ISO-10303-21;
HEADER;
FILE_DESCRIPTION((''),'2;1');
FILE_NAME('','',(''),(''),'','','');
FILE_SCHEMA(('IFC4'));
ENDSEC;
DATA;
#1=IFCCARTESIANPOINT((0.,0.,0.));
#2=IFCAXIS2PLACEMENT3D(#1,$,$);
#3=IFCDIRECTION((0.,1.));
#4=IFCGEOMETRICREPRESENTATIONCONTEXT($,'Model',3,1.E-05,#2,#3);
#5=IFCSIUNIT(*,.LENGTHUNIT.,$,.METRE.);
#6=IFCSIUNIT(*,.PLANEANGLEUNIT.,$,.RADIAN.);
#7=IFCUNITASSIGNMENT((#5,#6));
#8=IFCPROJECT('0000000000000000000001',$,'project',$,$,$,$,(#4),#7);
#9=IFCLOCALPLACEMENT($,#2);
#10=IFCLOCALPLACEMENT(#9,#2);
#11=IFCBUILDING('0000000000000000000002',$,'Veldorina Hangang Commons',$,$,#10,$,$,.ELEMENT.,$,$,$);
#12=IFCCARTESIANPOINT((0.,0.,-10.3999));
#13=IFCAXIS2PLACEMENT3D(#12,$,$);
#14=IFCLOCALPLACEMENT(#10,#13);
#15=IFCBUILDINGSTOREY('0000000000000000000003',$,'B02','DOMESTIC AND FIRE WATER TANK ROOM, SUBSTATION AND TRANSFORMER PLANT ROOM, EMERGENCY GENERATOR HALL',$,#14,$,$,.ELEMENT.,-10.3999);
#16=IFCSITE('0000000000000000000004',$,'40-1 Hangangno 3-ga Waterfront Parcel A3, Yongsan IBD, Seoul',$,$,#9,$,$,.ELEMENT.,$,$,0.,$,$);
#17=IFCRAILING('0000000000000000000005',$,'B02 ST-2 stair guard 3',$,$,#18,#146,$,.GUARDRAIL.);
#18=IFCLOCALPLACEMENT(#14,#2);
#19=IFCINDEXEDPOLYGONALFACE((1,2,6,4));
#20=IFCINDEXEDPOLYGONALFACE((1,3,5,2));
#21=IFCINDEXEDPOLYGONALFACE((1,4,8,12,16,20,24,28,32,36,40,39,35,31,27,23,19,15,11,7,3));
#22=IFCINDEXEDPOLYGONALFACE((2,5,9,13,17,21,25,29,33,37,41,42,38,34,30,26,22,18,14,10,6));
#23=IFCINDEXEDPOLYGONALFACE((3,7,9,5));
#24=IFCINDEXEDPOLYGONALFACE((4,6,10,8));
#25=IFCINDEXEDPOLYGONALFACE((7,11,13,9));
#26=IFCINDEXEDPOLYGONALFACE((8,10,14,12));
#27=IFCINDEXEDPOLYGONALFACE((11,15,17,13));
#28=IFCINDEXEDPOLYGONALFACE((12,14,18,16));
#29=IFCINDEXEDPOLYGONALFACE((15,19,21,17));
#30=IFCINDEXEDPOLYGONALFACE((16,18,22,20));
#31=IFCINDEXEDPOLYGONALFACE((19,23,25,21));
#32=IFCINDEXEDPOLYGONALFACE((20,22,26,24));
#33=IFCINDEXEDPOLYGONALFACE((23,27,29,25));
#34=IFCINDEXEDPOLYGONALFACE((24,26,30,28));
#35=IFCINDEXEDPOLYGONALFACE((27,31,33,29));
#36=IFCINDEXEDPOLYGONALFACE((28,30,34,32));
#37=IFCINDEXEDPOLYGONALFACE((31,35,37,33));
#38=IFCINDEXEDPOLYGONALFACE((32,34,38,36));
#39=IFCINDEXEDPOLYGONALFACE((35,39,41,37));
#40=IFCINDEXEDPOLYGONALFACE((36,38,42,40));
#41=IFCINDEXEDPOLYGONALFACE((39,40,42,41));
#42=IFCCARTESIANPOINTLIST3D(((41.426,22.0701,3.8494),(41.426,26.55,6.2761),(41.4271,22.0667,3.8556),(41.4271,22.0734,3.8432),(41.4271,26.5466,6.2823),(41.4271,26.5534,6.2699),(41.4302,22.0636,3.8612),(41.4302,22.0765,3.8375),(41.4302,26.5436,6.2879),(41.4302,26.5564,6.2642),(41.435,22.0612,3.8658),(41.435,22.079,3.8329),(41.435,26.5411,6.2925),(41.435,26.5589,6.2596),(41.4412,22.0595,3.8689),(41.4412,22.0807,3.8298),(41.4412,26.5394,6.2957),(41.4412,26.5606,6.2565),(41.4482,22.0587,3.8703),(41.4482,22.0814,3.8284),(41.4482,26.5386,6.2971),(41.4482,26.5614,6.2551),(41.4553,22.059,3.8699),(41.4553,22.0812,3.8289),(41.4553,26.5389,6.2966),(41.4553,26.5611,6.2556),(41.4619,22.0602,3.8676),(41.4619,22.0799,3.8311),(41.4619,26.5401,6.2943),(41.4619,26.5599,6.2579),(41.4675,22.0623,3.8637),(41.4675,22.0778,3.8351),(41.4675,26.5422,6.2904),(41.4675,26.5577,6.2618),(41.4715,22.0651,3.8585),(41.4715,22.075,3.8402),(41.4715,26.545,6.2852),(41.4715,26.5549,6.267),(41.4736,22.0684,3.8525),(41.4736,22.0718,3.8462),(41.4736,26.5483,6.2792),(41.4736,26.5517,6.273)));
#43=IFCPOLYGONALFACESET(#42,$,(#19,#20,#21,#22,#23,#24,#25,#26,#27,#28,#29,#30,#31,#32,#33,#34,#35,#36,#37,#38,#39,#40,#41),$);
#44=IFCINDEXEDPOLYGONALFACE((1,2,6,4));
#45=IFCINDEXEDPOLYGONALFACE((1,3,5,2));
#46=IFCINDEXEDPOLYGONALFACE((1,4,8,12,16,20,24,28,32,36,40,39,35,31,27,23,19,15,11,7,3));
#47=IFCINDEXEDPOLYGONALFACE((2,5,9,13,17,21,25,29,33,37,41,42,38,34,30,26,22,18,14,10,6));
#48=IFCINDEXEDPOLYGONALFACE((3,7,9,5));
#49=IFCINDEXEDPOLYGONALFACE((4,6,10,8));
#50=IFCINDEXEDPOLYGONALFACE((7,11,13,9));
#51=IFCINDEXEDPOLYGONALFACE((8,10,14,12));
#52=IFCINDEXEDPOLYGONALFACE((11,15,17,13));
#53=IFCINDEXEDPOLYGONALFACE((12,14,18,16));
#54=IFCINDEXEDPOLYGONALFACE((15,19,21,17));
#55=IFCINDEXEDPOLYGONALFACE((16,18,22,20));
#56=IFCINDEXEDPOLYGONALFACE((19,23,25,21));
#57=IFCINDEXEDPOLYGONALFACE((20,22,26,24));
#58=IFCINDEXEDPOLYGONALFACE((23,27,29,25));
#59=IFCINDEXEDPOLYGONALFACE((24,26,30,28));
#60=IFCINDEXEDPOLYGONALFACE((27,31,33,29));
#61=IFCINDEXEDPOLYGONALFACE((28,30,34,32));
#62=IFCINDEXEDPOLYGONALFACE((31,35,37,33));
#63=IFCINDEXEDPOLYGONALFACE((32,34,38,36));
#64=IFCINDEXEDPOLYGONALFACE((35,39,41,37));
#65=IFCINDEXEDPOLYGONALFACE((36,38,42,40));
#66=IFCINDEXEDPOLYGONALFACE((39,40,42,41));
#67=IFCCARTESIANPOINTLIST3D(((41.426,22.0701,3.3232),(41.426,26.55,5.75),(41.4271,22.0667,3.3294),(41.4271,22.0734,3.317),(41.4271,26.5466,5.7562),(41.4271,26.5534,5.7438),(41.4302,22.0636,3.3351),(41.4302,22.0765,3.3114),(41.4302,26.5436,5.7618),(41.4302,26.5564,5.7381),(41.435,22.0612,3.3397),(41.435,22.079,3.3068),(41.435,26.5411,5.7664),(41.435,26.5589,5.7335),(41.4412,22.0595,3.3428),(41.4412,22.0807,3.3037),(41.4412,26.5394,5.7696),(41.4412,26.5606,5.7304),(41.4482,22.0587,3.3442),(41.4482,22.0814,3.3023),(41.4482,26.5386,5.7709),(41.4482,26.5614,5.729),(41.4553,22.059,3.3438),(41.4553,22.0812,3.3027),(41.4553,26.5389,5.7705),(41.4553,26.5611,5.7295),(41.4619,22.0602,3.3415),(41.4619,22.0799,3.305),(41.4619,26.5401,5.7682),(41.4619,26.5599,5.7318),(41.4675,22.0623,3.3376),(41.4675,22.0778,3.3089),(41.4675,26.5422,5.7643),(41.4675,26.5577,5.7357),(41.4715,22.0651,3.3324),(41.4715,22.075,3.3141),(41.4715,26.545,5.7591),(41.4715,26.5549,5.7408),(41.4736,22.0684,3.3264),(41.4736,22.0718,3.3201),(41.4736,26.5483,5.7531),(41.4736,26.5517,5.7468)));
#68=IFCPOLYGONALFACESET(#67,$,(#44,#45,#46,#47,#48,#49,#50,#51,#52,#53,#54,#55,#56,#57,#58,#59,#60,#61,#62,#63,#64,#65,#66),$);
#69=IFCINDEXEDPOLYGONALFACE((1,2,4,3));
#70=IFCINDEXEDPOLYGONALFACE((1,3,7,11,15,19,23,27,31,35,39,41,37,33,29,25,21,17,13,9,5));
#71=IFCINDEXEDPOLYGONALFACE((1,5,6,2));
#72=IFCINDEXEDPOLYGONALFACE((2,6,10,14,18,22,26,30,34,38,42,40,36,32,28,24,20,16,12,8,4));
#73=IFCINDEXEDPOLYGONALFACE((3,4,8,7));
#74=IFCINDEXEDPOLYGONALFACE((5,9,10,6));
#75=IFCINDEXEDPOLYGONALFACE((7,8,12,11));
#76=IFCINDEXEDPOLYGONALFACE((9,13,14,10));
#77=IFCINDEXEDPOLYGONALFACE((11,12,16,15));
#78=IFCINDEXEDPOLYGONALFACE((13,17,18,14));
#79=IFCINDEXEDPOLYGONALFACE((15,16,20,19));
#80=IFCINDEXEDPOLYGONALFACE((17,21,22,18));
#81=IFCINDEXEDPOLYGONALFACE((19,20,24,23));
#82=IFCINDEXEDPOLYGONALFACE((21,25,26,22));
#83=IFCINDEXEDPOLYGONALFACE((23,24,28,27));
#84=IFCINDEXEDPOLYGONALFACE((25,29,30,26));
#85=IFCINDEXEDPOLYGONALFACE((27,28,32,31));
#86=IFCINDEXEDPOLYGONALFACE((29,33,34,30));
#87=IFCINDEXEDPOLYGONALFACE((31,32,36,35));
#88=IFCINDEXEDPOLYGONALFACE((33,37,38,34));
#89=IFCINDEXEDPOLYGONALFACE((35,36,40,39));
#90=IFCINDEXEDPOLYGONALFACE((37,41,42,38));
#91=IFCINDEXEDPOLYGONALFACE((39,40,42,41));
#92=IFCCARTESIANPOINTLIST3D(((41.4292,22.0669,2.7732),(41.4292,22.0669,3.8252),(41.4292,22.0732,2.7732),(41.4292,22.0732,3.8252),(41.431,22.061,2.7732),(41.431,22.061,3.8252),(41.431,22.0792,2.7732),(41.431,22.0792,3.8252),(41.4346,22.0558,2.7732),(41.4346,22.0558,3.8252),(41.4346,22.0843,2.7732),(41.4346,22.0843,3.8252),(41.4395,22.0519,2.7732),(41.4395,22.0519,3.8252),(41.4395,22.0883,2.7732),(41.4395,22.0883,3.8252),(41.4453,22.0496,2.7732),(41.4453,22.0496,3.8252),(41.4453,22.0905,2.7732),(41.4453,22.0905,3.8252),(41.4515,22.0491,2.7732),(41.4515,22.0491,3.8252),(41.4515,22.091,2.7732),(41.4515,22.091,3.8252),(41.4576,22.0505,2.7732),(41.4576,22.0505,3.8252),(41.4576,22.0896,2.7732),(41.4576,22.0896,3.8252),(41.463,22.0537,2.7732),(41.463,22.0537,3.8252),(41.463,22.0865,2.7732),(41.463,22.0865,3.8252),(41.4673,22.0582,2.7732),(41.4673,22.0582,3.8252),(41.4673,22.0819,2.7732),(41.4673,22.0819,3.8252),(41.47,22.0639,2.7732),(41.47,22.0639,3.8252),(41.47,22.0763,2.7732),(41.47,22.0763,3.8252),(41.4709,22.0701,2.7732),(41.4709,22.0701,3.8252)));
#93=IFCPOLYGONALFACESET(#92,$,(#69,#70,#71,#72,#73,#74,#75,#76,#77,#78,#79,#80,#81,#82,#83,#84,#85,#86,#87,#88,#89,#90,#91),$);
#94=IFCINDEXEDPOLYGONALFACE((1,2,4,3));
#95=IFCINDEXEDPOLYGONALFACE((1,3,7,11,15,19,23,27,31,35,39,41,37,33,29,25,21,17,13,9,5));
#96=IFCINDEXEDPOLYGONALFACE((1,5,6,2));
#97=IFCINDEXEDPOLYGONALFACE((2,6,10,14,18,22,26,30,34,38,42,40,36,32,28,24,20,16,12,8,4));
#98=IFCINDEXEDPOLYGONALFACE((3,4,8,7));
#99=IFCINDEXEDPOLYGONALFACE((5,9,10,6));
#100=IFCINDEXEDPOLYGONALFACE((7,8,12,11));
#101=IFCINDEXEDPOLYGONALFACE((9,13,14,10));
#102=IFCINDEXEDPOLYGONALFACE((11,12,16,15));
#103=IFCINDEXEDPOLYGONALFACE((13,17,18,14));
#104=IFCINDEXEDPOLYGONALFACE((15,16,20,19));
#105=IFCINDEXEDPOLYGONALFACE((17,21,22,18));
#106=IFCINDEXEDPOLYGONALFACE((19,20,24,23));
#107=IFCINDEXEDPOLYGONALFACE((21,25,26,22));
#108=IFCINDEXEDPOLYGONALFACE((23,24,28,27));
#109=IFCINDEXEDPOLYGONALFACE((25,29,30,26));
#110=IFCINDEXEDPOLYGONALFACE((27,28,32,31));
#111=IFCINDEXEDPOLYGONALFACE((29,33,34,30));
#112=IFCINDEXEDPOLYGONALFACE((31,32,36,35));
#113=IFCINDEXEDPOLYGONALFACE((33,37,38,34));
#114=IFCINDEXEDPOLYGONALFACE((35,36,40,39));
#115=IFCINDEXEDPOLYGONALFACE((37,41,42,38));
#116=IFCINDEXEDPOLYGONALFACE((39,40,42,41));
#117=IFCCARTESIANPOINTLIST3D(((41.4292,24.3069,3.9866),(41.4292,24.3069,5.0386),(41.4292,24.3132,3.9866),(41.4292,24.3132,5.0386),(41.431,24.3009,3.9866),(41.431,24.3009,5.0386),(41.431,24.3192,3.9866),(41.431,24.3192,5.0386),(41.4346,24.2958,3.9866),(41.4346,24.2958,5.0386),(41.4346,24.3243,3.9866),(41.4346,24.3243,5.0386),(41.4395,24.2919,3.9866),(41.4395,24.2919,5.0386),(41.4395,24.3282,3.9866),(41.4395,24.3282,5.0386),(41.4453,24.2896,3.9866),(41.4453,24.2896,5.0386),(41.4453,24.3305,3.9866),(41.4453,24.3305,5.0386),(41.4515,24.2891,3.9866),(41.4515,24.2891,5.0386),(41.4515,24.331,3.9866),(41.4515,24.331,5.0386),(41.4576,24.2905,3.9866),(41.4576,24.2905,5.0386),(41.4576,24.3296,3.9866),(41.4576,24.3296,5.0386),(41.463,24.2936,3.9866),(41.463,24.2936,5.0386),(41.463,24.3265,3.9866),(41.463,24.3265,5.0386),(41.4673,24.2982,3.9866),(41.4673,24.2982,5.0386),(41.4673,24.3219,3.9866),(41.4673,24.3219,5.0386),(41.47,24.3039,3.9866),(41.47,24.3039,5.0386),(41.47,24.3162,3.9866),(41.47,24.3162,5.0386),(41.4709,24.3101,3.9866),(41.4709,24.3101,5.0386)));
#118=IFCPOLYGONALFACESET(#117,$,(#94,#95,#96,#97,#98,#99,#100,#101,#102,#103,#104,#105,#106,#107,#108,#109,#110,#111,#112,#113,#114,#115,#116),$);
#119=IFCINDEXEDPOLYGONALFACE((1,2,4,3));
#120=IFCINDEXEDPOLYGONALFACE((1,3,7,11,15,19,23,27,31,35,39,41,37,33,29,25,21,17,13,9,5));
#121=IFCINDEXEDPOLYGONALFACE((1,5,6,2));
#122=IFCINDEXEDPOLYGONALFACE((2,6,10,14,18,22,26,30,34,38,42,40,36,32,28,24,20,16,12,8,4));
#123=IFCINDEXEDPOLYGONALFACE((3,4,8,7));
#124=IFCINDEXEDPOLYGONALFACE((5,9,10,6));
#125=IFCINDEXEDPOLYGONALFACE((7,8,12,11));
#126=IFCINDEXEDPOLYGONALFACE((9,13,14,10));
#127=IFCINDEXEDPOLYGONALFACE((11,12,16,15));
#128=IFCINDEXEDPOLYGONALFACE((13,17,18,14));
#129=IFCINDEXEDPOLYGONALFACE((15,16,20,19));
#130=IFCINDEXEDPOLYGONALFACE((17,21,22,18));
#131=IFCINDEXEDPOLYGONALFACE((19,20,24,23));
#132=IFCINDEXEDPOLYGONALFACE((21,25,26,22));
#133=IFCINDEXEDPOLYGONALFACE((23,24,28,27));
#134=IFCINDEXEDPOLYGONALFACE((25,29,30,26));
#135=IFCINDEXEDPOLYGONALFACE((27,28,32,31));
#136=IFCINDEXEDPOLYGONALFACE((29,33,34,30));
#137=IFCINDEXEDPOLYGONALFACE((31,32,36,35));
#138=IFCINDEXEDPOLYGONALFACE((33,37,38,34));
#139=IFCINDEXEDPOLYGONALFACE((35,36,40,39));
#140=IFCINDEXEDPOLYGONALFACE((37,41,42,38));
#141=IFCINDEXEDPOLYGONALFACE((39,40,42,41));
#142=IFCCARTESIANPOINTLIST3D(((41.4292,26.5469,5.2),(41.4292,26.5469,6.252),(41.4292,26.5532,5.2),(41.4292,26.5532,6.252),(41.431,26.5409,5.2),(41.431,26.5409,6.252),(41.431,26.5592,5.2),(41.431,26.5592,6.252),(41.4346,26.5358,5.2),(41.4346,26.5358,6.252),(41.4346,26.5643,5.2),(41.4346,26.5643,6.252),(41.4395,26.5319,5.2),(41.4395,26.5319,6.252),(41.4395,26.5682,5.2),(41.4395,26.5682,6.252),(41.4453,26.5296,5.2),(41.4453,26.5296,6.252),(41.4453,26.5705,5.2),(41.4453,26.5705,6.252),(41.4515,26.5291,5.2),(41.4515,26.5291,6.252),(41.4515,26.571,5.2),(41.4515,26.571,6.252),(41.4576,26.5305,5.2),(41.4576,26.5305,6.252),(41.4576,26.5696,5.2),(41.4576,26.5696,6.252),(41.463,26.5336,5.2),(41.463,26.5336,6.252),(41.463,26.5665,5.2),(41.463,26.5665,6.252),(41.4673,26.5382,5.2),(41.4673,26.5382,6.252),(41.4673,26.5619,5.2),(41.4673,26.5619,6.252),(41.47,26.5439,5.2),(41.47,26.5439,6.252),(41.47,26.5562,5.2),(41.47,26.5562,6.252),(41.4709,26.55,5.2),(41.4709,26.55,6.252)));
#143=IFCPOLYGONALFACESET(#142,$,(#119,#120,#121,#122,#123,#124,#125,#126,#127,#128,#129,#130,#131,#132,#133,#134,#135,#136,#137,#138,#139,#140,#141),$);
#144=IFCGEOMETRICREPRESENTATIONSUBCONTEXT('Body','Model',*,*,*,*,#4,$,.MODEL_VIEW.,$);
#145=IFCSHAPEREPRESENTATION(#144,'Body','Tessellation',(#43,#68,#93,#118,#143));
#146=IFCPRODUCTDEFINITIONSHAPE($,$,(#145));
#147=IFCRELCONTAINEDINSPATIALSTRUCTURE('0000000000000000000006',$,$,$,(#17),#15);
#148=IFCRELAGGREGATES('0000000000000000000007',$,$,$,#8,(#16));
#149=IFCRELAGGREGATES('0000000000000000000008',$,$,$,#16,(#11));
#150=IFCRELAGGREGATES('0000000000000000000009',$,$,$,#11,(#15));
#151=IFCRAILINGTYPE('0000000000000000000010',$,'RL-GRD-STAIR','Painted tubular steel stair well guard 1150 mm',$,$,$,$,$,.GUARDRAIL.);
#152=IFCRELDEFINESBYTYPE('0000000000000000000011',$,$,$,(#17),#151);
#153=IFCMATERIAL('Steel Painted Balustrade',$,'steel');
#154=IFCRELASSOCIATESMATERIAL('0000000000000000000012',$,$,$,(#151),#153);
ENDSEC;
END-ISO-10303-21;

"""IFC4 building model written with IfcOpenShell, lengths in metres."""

from ifc_helpers import new_model, si_unit, direction, frame, origin, origin_2d, place, context, subcontext, project, spatial, circle, extrude, material, type_object, element, save


model = new_model("IFC4")

# Units and contexts
model_context = context("Model", 3, precision=1e-05, world=origin(), true_north=direction((0.0, 1.0)))
body_context = subcontext(model_context, "Body", "Model", "MODEL_VIEW")
ifc_project = project(units=[si_unit("LENGTHUNIT", "METRE"), si_unit("PLANEANGLEUNIT", "RADIAN")], contexts=[model_context])

# Site, building, storey
site_placement = place(None, origin())
site = spatial("IfcSite", under=ifc_project, at=site_placement, Name="40-1 Hangangno 3-ga Waterfront Parcel A3, Yongsan IBD, Seoul", CompositionType="ELEMENT", RefElevation=0.0)
building_placement = place(site_placement, origin())
building = spatial("IfcBuilding", under=site, at=building_placement, Name="Veldorina Hangang Commons", CompositionType="ELEMENT")
storey_placement = place(building_placement, frame((0.0, 0.0, -10.3999)))
storey = spatial("IfcBuildingStorey", under=building, at=storey_placement, Name="B02", Description="DOMESTIC AND FIRE WATER TANK ROOM, SUBSTATION AND TRANSFORMER PLANT ROOM, EMERGENCY GENERATOR HALL", CompositionType="ELEMENT", Elevation=-10.3999)

# Railing
ifc_material_1 = material(Name="Steel Painted Balustrade", Category="steel")
railing_type_1 = type_object("IfcRailingType", Name="RL-GRD-STAIR", Description="Painted tubular steel stair well guard 1150 mm", PredefinedType="GUARDRAIL", material=ifc_material_1)
railing_1_placement = place(storey_placement, frame((41.45, 22.0701, 2.7732)))
element("IfcRailing", 1, at=railing_1_placement, inside=storey, type_object=railing_type_1, Name="B02 ST-2 stair guard 3", PredefinedType="GUARDRAIL", context=body_context, shape_type="SweptSolid", body=[
    extrude(circle(Radius=0.0239, at=origin_2d()), frame((0.0, 0.0, 1.0762), z_axis=(0.0, 0.879284, 0.476299), x_axis=(-1.0, 0.0, 0.0)), (0.0, 0.0, 1.0), 5.095),
    extrude(circle(Radius=0.0239, at=origin_2d()), frame((0.0, 0.0, 0.55), z_axis=(0.0, 0.879284, 0.476299), x_axis=(-1.0, 0.0, 0.0)), (0.0, 0.0, 1.0), 5.095),
    extrude(circle(Radius=0.021, at=origin_2d()), origin(), (0.0, 0.0, 1.0), 1.052),
    extrude(circle(Radius=0.021, at=origin_2d()), frame((0.0, 2.24, 1.2134)), (0.0, 0.0, 1.0), 1.052),
    extrude(circle(Radius=0.021, at=origin_2d()), frame((0.0, 4.48, 2.4268)), (0.0, 0.0, 1.0), 1.052),
])

save(model, "model.ifc")
